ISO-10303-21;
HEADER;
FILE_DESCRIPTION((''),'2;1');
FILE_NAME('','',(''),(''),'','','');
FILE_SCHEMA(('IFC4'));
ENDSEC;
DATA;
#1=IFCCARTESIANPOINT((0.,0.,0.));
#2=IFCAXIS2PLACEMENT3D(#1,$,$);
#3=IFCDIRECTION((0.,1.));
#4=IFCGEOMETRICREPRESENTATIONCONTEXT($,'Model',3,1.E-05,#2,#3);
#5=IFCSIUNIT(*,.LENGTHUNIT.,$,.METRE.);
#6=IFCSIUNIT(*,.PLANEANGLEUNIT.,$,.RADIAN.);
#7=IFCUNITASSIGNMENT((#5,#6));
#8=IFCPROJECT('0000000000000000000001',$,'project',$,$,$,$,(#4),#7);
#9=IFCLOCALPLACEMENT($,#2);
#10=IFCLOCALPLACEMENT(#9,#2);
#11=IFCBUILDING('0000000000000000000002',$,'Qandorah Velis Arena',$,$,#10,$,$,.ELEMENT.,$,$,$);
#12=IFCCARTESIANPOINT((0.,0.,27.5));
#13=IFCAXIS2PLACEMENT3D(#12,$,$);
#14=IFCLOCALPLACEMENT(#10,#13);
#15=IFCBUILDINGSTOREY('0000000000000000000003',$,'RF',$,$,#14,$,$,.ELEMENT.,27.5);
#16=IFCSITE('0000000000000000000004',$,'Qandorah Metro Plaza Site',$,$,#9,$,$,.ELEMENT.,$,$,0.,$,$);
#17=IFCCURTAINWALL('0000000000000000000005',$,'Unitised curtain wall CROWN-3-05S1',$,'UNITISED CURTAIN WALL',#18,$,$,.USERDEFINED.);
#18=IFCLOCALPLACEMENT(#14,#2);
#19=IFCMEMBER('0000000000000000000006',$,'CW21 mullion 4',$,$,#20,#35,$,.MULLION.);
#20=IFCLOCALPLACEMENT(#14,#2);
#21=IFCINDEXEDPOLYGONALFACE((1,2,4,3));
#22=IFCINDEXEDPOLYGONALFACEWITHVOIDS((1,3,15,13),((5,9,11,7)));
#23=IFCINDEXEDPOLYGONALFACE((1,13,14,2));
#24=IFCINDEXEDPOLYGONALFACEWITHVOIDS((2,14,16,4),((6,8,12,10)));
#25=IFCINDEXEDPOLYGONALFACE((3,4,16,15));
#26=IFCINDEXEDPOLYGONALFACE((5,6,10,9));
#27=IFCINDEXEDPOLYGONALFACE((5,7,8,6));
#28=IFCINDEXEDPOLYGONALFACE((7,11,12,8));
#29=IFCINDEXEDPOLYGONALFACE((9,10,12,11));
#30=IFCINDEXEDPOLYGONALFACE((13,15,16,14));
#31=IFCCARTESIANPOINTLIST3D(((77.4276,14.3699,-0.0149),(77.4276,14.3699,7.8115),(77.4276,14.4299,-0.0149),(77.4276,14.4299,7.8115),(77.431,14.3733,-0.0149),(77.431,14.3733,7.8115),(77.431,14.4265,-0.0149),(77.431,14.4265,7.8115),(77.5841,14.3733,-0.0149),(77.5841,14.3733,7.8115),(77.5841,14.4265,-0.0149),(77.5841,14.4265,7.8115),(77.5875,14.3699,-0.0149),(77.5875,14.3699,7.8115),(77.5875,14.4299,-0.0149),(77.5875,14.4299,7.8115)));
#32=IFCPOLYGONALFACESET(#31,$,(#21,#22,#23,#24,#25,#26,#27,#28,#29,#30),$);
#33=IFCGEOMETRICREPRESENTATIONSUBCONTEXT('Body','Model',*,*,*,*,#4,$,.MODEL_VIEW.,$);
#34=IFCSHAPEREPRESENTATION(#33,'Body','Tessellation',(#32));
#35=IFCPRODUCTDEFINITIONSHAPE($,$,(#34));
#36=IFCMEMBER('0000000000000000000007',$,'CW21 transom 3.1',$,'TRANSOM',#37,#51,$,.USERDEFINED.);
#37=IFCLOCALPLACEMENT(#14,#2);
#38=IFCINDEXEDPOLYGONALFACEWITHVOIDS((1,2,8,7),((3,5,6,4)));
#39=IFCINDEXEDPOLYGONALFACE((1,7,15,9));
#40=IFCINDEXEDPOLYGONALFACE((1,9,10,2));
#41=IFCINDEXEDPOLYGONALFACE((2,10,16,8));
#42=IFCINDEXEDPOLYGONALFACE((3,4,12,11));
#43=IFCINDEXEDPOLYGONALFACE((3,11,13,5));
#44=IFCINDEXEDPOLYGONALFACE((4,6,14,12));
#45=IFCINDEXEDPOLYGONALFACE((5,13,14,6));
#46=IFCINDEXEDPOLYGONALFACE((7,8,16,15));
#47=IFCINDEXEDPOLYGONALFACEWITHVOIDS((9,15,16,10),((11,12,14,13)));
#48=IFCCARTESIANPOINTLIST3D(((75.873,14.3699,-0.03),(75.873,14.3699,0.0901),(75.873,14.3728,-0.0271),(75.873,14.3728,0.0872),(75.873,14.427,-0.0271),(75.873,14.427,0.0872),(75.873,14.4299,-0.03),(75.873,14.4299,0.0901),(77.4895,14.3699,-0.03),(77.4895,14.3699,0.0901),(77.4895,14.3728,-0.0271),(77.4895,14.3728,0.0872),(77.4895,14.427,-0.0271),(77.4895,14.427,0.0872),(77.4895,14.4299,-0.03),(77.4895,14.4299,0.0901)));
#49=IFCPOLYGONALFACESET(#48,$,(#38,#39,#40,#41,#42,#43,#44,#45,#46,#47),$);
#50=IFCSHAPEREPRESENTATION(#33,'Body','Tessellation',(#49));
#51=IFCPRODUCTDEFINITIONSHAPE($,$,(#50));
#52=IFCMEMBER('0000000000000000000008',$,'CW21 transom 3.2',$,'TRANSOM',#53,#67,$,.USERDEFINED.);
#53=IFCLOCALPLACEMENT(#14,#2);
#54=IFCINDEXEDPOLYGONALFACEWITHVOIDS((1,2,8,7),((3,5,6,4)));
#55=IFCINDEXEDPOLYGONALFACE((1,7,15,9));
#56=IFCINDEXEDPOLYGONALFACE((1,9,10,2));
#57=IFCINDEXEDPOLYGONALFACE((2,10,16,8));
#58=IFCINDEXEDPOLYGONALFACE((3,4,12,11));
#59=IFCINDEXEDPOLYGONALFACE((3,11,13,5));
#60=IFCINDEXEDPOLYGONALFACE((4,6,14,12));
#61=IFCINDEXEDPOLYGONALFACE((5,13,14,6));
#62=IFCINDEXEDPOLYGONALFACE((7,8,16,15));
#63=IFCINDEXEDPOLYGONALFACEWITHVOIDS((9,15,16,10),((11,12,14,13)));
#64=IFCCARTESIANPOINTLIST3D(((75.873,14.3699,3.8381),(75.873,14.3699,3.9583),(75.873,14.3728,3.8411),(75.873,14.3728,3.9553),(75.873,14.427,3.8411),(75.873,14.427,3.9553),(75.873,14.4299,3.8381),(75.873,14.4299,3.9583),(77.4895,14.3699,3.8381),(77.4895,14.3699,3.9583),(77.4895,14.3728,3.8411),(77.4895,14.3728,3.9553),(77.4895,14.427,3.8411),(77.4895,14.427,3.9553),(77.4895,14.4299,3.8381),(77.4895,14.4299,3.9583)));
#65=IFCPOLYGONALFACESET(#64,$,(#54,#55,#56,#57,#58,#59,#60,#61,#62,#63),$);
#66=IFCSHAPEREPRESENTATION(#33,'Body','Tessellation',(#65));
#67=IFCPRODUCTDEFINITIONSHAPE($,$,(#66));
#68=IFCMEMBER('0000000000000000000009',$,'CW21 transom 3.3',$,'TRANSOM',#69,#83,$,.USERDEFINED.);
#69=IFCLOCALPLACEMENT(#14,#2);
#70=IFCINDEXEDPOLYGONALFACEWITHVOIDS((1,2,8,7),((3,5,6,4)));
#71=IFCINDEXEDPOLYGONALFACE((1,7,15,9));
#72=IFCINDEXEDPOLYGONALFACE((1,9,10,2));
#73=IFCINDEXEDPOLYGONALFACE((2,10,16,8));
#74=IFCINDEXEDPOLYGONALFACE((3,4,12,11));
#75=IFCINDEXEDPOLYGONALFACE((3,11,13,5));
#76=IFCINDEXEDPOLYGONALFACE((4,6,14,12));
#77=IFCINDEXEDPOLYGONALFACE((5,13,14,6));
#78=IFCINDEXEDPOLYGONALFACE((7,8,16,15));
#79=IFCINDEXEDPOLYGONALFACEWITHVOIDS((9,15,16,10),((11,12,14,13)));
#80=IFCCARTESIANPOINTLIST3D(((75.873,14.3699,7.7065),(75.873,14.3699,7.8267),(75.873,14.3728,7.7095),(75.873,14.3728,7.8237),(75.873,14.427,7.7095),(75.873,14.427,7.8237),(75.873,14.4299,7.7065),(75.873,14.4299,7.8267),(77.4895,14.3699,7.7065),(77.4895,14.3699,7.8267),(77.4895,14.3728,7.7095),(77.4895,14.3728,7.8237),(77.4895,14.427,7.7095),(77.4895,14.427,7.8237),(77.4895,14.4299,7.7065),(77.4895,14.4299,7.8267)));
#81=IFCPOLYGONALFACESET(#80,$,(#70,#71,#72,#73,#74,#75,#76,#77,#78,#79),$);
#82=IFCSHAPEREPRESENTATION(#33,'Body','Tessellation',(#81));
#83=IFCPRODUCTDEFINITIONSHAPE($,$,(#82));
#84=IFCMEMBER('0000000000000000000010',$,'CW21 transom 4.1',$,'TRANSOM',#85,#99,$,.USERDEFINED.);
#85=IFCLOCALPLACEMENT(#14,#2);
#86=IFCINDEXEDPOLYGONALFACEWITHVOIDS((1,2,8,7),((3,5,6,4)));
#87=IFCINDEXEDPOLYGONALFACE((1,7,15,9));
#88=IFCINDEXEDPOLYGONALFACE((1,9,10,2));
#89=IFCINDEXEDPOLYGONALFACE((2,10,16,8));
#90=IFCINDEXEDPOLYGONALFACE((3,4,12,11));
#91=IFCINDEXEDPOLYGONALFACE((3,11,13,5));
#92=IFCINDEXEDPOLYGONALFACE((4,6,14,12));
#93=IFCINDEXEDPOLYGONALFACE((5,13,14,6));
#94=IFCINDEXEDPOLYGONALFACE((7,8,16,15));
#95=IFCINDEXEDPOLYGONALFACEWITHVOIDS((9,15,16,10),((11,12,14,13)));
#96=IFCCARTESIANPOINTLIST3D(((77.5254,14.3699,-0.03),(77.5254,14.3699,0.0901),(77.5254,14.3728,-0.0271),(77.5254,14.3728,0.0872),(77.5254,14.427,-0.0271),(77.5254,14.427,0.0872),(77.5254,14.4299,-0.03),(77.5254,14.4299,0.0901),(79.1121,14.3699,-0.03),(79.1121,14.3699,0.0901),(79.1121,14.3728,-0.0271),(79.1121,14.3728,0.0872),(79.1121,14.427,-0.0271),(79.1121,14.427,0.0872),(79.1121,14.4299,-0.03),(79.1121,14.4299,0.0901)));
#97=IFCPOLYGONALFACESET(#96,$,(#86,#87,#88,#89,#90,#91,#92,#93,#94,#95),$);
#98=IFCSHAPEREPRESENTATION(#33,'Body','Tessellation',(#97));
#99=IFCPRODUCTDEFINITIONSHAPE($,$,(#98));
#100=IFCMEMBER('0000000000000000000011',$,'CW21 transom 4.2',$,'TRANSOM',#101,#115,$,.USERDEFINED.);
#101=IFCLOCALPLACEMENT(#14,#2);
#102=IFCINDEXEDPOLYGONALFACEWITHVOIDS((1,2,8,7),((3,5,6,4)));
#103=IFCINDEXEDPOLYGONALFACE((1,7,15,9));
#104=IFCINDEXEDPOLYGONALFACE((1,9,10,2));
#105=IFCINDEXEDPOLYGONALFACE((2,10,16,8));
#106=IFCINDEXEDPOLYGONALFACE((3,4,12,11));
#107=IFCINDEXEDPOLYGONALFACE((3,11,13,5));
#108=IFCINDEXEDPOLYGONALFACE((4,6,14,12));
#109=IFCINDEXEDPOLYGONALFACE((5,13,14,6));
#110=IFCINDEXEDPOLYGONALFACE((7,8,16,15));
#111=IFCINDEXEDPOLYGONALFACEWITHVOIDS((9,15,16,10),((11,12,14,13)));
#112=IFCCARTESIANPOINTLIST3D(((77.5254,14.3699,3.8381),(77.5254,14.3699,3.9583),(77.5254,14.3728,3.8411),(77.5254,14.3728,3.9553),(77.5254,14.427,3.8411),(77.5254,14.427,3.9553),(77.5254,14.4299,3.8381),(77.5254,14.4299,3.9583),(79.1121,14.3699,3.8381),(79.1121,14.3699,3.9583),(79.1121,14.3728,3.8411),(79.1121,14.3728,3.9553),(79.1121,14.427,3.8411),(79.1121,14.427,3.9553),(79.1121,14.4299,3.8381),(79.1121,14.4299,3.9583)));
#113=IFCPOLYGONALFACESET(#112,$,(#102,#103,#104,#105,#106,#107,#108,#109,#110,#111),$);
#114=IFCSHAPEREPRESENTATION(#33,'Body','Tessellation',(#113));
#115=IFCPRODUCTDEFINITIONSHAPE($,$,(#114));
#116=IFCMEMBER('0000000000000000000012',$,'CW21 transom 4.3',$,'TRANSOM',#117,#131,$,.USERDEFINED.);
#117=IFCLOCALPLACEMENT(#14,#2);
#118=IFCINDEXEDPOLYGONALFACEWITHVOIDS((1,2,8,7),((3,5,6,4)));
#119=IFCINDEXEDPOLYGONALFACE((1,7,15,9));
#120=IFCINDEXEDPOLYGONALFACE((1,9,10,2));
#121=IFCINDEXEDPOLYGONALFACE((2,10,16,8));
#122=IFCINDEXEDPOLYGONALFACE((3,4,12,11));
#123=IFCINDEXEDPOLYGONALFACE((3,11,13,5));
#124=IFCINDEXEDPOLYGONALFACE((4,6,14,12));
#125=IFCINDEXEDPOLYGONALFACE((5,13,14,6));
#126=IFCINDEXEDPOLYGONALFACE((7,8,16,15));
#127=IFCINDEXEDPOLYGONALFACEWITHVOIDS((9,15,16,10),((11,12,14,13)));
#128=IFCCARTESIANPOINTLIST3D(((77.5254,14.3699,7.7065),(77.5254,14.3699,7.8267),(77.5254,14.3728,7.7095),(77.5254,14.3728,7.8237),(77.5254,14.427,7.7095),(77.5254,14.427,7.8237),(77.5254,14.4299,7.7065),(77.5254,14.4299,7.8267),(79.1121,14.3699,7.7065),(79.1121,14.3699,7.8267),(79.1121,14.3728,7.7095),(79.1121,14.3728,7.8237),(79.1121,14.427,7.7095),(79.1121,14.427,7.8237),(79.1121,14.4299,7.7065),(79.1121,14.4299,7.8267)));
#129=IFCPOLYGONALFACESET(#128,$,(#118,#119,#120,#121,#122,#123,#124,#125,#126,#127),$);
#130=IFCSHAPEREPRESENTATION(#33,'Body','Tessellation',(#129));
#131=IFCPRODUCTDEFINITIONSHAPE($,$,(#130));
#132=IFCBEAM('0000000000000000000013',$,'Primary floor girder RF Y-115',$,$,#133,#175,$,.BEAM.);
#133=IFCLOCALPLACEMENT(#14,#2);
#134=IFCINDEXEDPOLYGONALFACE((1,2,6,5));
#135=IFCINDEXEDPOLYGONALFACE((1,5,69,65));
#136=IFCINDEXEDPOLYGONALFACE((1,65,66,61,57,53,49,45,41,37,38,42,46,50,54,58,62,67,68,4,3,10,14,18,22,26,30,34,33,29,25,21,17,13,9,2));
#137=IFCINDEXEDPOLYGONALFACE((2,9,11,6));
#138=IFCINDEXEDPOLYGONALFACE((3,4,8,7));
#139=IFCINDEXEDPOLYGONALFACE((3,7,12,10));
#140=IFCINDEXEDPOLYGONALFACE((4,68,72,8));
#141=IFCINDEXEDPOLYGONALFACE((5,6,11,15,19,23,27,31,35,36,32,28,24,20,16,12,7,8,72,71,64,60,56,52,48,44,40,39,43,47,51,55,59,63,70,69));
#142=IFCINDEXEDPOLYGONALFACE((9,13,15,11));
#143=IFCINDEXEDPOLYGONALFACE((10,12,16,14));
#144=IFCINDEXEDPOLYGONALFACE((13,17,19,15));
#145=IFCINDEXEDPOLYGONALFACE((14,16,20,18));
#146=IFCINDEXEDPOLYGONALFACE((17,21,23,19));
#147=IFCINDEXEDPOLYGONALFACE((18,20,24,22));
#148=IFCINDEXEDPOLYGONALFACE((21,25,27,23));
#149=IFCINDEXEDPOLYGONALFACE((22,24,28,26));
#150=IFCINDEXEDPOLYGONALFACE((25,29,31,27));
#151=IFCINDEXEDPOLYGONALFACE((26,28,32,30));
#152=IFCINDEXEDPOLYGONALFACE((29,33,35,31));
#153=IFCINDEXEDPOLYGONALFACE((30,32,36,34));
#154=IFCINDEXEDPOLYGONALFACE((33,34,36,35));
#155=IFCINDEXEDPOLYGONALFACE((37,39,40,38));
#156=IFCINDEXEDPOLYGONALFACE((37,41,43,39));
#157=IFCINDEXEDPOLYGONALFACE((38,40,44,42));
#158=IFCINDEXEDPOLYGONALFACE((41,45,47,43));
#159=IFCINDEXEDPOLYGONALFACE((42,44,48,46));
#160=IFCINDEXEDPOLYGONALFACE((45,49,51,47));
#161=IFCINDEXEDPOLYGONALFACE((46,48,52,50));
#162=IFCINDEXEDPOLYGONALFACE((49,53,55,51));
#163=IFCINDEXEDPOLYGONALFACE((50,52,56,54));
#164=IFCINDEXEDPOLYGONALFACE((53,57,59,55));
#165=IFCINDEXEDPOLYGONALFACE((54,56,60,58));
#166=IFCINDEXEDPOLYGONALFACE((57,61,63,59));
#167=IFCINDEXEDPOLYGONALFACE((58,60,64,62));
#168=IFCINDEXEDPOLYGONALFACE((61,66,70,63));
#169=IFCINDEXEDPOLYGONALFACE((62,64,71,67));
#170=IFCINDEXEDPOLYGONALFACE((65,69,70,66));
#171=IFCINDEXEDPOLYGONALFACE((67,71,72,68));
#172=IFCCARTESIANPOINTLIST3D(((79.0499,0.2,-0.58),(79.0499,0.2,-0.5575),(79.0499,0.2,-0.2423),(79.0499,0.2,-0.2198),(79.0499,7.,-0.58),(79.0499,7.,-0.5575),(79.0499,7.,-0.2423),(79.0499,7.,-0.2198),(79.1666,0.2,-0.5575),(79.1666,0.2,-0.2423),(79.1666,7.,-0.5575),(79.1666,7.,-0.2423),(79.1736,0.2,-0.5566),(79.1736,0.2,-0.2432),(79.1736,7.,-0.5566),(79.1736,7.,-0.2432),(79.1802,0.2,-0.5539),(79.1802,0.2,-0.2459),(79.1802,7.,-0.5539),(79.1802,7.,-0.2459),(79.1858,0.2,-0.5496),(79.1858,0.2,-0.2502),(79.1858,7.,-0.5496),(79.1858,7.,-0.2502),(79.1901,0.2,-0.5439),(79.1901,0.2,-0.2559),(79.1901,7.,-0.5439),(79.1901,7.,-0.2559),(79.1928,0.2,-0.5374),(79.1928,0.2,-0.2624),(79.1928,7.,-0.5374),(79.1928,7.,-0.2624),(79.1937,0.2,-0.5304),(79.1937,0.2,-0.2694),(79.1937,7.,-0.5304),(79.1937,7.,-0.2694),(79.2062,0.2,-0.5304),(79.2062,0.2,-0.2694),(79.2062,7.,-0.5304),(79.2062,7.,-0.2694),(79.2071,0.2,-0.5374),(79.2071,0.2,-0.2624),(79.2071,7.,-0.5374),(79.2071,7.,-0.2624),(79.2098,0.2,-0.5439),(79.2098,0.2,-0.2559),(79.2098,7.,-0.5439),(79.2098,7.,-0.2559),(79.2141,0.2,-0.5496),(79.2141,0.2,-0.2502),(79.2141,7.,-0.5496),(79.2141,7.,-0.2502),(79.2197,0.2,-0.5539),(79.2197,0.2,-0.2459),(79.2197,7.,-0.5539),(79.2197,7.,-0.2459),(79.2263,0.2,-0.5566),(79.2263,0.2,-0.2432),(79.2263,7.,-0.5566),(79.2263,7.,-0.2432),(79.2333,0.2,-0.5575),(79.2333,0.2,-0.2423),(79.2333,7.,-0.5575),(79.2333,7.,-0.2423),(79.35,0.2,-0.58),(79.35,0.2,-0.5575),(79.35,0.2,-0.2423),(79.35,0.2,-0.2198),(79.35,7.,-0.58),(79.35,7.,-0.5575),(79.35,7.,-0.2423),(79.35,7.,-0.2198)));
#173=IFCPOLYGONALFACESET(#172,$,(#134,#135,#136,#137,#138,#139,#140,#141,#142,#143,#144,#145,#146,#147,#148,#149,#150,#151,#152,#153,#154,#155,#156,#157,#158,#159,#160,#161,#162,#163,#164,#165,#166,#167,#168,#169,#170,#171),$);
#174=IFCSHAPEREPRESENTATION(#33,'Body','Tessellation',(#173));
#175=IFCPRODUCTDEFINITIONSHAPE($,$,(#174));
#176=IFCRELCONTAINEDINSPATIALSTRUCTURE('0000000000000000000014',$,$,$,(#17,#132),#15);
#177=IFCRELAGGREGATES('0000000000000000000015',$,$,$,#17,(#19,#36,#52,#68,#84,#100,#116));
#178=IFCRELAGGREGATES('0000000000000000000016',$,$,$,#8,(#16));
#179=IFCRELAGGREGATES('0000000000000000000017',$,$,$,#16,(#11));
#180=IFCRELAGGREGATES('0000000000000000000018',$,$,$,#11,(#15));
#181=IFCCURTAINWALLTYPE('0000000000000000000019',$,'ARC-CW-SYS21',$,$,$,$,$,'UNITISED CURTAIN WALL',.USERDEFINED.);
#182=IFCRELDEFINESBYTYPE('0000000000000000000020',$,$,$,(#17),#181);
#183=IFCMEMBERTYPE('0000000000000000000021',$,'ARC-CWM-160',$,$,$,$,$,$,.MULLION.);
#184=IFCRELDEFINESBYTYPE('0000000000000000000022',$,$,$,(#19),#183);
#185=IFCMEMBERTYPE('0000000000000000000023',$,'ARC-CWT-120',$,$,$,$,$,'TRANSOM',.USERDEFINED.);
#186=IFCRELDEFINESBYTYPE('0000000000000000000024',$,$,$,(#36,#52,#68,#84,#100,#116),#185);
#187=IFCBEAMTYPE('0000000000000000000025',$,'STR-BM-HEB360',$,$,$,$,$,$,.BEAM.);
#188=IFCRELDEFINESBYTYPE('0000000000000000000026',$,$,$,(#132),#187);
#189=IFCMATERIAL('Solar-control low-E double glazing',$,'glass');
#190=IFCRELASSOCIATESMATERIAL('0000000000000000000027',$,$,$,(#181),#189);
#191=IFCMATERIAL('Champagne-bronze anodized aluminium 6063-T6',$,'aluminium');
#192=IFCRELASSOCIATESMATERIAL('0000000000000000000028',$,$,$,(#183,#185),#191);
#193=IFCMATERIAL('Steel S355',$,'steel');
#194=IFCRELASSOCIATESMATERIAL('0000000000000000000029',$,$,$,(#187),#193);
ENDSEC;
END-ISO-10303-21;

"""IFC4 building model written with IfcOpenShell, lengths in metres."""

from ifc_helpers import new_model, si_unit, direction, frame, origin, origin_2d, place, context, subcontext, project, spatial, hollow_rectangle, i_section, extrude, material, material_profile, profile_set, type_object, element, aggregate, save


model = new_model("IFC4")

# Units and contexts
model_context = context("Model", 3, precision=1e-05, world=origin(), true_north=direction((0.0, 1.0)))
body_context = subcontext(model_context, "Body", "Model", "MODEL_VIEW")
ifc_project = project(units=[si_unit("LENGTHUNIT", "METRE"), si_unit("PLANEANGLEUNIT", "RADIAN")], contexts=[model_context])

# Site, building, storey
site_placement = place(None, origin())
site = spatial("IfcSite", under=ifc_project, at=site_placement, Name="Qandorah Metro Plaza Site", CompositionType="ELEMENT", RefElevation=0.0)
building_placement = place(site_placement, origin())
building = spatial("IfcBuilding", under=site, at=building_placement, Name="Qandorah Velis Arena", CompositionType="ELEMENT")
storey_placement = place(building_placement, frame((0.0, 0.0, 27.5)))
storey = spatial("IfcBuildingStorey", under=building, at=storey_placement, Name="RF", CompositionType="ELEMENT", Elevation=27.5)

# Curtain wall, members
ifc_material_1 = material(Name="Solar-control low-E double glazing", Category="glass")
curtain_wall_type = type_object("IfcCurtainWallType", Name="ARC-CW-SYS21", ElementType="UNITISED CURTAIN WALL", PredefinedType="USERDEFINED", material=ifc_material_1)
curtain_wall_placement = place(storey_placement, origin())
curtain_wall = element("IfcCurtainWall", 1, at=curtain_wall_placement, inside=storey, type_object=curtain_wall_type, Name="Unitised curtain wall CROWN-3-05S1", ObjectType="UNITISED CURTAIN WALL", PredefinedType="USERDEFINED")
ifc_material_2 = material(Name="Champagne-bronze anodized aluminium 6063-T6", Category="aluminium")
ifc_material_profile_1 = material_profile(ifc_material_2, hollow_rectangle(XDim=0.0601, YDim=0.1599, WallThickness=0.0034, at=origin_2d()), Name="ALU MULLION 60x160")
ifc_profile_set_1 = profile_set([ifc_material_profile_1], Name="Champagne-bronze anodized aluminium 6063-T6")
member_type_1 = type_object("IfcMemberType", Name="ARC-CWM-160", PredefinedType="MULLION", material=ifc_profile_set_1)
member_1_placement = place(storey_placement, frame((77.5076, 14.3999, -0.0149), z_axis=(0.0, 0.0, 1.0), x_axis=(0.0, 1.0, 0.0)))
member_1 = element("IfcMember", 2, at=member_1_placement, type_object=member_type_1, Name="CW21 mullion 4", PredefinedType="MULLION", context=body_context, shape_type="SweptSolid", body=[
    extrude(hollow_rectangle(XDim=0.0601, YDim=0.1599, WallThickness=0.0034, at=origin_2d()), origin(), (0.0, 0.0, 1.0), 7.8264),
])
ifc_material_profile_2 = material_profile(ifc_material_2, hollow_rectangle(XDim=0.0601, YDim=0.1201, WallThickness=0.0029, at=origin_2d()), Name="ALU TRANSOM 60x120")
ifc_profile_set_2 = profile_set([ifc_material_profile_2], Name="Champagne-bronze anodized aluminium 6063-T6")
member_type_2 = type_object("IfcMemberType", Name="ARC-CWT-120", ElementType="TRANSOM", PredefinedType="USERDEFINED", material=ifc_profile_set_2)
member_2_placement = place(storey_placement, frame((75.873, 14.3999, 0.03), z_axis=(1.0, 0.0, 0.0), x_axis=(0.0, 1.0, 0.0)))
member_2 = element("IfcMember", 3, at=member_2_placement, type_object=member_type_2, Name="CW21 transom 3.1", ObjectType="TRANSOM", PredefinedType="USERDEFINED", context=body_context, shape_type="SweptSolid", body=[
    extrude(hollow_rectangle(XDim=0.0601, YDim=0.1201, WallThickness=0.0029, at=origin_2d()), origin(), (0.0, 0.0, 1.0), 1.6165),
])
member_3_placement = place(storey_placement, frame((75.873, 14.3999, 3.8982), z_axis=(1.0, 0.0, 0.0), x_axis=(0.0, 1.0, 0.0)))
member_3 = element("IfcMember", 4, at=member_3_placement, type_object=member_type_2, Name="CW21 transom 3.2", ObjectType="TRANSOM", PredefinedType="USERDEFINED", context=body_context, shape_type="SweptSolid", body=[
    extrude(hollow_rectangle(XDim=0.0601, YDim=0.1201, WallThickness=0.0029, at=origin_2d()), origin(), (0.0, 0.0, 1.0), 1.6165),
])
member_4_placement = place(storey_placement, frame((75.873, 14.3999, 7.7666), z_axis=(1.0, 0.0, 0.0), x_axis=(0.0, 1.0, 0.0)))
member_4 = element("IfcMember", 5, at=member_4_placement, type_object=member_type_2, Name="CW21 transom 3.3", ObjectType="TRANSOM", PredefinedType="USERDEFINED", context=body_context, shape_type="SweptSolid", body=[
    extrude(hollow_rectangle(XDim=0.0601, YDim=0.1201, WallThickness=0.0029, at=origin_2d()), origin(), (0.0, 0.0, 1.0), 1.6165),
])
member_5_placement = place(storey_placement, frame((77.5254, 14.3999, 0.03), z_axis=(1.0, 0.0, 0.0), x_axis=(0.0, 1.0, 0.0)))
member_5 = element("IfcMember", 6, at=member_5_placement, type_object=member_type_2, Name="CW21 transom 4.1", ObjectType="TRANSOM", PredefinedType="USERDEFINED", context=body_context, shape_type="SweptSolid", body=[
    extrude(hollow_rectangle(XDim=0.0601, YDim=0.1201, WallThickness=0.0029, at=origin_2d()), origin(), (0.0, 0.0, 1.0), 1.5867),
])
member_6_placement = place(storey_placement, frame((77.5254, 14.3999, 3.8982), z_axis=(1.0, 0.0, 0.0), x_axis=(0.0, 1.0, 0.0)))
member_6 = element("IfcMember", 7, at=member_6_placement, type_object=member_type_2, Name="CW21 transom 4.2", ObjectType="TRANSOM", PredefinedType="USERDEFINED", context=body_context, shape_type="SweptSolid", body=[
    extrude(hollow_rectangle(XDim=0.0601, YDim=0.1201, WallThickness=0.0029, at=origin_2d()), origin(), (0.0, 0.0, 1.0), 1.5867),
])
member_7_placement = place(storey_placement, frame((77.5254, 14.3999, 7.7666), z_axis=(1.0, 0.0, 0.0), x_axis=(0.0, 1.0, 0.0)))
member_7 = element("IfcMember", 8, at=member_7_placement, type_object=member_type_2, Name="CW21 transom 4.3", ObjectType="TRANSOM", PredefinedType="USERDEFINED", context=body_context, shape_type="SweptSolid", body=[
    extrude(hollow_rectangle(XDim=0.0601, YDim=0.1201, WallThickness=0.0029, at=origin_2d()), origin(), (0.0, 0.0, 1.0), 1.5867),
])

# Beam
ifc_material_3 = material(Name="Steel S355", Category="steel")
ifc_material_profile_3 = material_profile(ifc_material_3, i_section(OverallWidth=0.3, OverallDepth=0.3601, WebThickness=0.0125, FlangeThickness=0.0225, FilletRadius=0.0271, at=origin_2d()), Name="HEB 360")
ifc_profile_set_3 = profile_set([ifc_material_profile_3], Name="Steel S355")
beam_type_1 = type_object("IfcBeamType", Name="STR-BM-HEB360", PredefinedType="BEAM", material=ifc_profile_set_3)
for number, where, z_axis, x_axis, name in (
    (9, (79.2, 0.2, -0.3999), (0.0, 1.0, 0.0), (-1.0, 0.0, 0.0), "Primary floor girder RF Y-115"),
):
    element("IfcBeam", number, at=place(storey_placement, frame(where, z_axis=z_axis, x_axis=x_axis)), inside=storey, type_object=beam_type_1, Name=name, PredefinedType="BEAM", context=body_context, shape_type="SweptSolid", body=[
        extrude(i_section(OverallWidth=0.3, OverallDepth=0.3601, WebThickness=0.0125, FlangeThickness=0.0225, FilletRadius=0.0271, at=origin_2d()), origin(), (0.0, 0.0, 1.0), 6.8),
    ])

aggregate(curtain_wall, [member_1, member_2, member_3, member_4, member_5, member_6, member_7])

save(model, "model.ifc")
